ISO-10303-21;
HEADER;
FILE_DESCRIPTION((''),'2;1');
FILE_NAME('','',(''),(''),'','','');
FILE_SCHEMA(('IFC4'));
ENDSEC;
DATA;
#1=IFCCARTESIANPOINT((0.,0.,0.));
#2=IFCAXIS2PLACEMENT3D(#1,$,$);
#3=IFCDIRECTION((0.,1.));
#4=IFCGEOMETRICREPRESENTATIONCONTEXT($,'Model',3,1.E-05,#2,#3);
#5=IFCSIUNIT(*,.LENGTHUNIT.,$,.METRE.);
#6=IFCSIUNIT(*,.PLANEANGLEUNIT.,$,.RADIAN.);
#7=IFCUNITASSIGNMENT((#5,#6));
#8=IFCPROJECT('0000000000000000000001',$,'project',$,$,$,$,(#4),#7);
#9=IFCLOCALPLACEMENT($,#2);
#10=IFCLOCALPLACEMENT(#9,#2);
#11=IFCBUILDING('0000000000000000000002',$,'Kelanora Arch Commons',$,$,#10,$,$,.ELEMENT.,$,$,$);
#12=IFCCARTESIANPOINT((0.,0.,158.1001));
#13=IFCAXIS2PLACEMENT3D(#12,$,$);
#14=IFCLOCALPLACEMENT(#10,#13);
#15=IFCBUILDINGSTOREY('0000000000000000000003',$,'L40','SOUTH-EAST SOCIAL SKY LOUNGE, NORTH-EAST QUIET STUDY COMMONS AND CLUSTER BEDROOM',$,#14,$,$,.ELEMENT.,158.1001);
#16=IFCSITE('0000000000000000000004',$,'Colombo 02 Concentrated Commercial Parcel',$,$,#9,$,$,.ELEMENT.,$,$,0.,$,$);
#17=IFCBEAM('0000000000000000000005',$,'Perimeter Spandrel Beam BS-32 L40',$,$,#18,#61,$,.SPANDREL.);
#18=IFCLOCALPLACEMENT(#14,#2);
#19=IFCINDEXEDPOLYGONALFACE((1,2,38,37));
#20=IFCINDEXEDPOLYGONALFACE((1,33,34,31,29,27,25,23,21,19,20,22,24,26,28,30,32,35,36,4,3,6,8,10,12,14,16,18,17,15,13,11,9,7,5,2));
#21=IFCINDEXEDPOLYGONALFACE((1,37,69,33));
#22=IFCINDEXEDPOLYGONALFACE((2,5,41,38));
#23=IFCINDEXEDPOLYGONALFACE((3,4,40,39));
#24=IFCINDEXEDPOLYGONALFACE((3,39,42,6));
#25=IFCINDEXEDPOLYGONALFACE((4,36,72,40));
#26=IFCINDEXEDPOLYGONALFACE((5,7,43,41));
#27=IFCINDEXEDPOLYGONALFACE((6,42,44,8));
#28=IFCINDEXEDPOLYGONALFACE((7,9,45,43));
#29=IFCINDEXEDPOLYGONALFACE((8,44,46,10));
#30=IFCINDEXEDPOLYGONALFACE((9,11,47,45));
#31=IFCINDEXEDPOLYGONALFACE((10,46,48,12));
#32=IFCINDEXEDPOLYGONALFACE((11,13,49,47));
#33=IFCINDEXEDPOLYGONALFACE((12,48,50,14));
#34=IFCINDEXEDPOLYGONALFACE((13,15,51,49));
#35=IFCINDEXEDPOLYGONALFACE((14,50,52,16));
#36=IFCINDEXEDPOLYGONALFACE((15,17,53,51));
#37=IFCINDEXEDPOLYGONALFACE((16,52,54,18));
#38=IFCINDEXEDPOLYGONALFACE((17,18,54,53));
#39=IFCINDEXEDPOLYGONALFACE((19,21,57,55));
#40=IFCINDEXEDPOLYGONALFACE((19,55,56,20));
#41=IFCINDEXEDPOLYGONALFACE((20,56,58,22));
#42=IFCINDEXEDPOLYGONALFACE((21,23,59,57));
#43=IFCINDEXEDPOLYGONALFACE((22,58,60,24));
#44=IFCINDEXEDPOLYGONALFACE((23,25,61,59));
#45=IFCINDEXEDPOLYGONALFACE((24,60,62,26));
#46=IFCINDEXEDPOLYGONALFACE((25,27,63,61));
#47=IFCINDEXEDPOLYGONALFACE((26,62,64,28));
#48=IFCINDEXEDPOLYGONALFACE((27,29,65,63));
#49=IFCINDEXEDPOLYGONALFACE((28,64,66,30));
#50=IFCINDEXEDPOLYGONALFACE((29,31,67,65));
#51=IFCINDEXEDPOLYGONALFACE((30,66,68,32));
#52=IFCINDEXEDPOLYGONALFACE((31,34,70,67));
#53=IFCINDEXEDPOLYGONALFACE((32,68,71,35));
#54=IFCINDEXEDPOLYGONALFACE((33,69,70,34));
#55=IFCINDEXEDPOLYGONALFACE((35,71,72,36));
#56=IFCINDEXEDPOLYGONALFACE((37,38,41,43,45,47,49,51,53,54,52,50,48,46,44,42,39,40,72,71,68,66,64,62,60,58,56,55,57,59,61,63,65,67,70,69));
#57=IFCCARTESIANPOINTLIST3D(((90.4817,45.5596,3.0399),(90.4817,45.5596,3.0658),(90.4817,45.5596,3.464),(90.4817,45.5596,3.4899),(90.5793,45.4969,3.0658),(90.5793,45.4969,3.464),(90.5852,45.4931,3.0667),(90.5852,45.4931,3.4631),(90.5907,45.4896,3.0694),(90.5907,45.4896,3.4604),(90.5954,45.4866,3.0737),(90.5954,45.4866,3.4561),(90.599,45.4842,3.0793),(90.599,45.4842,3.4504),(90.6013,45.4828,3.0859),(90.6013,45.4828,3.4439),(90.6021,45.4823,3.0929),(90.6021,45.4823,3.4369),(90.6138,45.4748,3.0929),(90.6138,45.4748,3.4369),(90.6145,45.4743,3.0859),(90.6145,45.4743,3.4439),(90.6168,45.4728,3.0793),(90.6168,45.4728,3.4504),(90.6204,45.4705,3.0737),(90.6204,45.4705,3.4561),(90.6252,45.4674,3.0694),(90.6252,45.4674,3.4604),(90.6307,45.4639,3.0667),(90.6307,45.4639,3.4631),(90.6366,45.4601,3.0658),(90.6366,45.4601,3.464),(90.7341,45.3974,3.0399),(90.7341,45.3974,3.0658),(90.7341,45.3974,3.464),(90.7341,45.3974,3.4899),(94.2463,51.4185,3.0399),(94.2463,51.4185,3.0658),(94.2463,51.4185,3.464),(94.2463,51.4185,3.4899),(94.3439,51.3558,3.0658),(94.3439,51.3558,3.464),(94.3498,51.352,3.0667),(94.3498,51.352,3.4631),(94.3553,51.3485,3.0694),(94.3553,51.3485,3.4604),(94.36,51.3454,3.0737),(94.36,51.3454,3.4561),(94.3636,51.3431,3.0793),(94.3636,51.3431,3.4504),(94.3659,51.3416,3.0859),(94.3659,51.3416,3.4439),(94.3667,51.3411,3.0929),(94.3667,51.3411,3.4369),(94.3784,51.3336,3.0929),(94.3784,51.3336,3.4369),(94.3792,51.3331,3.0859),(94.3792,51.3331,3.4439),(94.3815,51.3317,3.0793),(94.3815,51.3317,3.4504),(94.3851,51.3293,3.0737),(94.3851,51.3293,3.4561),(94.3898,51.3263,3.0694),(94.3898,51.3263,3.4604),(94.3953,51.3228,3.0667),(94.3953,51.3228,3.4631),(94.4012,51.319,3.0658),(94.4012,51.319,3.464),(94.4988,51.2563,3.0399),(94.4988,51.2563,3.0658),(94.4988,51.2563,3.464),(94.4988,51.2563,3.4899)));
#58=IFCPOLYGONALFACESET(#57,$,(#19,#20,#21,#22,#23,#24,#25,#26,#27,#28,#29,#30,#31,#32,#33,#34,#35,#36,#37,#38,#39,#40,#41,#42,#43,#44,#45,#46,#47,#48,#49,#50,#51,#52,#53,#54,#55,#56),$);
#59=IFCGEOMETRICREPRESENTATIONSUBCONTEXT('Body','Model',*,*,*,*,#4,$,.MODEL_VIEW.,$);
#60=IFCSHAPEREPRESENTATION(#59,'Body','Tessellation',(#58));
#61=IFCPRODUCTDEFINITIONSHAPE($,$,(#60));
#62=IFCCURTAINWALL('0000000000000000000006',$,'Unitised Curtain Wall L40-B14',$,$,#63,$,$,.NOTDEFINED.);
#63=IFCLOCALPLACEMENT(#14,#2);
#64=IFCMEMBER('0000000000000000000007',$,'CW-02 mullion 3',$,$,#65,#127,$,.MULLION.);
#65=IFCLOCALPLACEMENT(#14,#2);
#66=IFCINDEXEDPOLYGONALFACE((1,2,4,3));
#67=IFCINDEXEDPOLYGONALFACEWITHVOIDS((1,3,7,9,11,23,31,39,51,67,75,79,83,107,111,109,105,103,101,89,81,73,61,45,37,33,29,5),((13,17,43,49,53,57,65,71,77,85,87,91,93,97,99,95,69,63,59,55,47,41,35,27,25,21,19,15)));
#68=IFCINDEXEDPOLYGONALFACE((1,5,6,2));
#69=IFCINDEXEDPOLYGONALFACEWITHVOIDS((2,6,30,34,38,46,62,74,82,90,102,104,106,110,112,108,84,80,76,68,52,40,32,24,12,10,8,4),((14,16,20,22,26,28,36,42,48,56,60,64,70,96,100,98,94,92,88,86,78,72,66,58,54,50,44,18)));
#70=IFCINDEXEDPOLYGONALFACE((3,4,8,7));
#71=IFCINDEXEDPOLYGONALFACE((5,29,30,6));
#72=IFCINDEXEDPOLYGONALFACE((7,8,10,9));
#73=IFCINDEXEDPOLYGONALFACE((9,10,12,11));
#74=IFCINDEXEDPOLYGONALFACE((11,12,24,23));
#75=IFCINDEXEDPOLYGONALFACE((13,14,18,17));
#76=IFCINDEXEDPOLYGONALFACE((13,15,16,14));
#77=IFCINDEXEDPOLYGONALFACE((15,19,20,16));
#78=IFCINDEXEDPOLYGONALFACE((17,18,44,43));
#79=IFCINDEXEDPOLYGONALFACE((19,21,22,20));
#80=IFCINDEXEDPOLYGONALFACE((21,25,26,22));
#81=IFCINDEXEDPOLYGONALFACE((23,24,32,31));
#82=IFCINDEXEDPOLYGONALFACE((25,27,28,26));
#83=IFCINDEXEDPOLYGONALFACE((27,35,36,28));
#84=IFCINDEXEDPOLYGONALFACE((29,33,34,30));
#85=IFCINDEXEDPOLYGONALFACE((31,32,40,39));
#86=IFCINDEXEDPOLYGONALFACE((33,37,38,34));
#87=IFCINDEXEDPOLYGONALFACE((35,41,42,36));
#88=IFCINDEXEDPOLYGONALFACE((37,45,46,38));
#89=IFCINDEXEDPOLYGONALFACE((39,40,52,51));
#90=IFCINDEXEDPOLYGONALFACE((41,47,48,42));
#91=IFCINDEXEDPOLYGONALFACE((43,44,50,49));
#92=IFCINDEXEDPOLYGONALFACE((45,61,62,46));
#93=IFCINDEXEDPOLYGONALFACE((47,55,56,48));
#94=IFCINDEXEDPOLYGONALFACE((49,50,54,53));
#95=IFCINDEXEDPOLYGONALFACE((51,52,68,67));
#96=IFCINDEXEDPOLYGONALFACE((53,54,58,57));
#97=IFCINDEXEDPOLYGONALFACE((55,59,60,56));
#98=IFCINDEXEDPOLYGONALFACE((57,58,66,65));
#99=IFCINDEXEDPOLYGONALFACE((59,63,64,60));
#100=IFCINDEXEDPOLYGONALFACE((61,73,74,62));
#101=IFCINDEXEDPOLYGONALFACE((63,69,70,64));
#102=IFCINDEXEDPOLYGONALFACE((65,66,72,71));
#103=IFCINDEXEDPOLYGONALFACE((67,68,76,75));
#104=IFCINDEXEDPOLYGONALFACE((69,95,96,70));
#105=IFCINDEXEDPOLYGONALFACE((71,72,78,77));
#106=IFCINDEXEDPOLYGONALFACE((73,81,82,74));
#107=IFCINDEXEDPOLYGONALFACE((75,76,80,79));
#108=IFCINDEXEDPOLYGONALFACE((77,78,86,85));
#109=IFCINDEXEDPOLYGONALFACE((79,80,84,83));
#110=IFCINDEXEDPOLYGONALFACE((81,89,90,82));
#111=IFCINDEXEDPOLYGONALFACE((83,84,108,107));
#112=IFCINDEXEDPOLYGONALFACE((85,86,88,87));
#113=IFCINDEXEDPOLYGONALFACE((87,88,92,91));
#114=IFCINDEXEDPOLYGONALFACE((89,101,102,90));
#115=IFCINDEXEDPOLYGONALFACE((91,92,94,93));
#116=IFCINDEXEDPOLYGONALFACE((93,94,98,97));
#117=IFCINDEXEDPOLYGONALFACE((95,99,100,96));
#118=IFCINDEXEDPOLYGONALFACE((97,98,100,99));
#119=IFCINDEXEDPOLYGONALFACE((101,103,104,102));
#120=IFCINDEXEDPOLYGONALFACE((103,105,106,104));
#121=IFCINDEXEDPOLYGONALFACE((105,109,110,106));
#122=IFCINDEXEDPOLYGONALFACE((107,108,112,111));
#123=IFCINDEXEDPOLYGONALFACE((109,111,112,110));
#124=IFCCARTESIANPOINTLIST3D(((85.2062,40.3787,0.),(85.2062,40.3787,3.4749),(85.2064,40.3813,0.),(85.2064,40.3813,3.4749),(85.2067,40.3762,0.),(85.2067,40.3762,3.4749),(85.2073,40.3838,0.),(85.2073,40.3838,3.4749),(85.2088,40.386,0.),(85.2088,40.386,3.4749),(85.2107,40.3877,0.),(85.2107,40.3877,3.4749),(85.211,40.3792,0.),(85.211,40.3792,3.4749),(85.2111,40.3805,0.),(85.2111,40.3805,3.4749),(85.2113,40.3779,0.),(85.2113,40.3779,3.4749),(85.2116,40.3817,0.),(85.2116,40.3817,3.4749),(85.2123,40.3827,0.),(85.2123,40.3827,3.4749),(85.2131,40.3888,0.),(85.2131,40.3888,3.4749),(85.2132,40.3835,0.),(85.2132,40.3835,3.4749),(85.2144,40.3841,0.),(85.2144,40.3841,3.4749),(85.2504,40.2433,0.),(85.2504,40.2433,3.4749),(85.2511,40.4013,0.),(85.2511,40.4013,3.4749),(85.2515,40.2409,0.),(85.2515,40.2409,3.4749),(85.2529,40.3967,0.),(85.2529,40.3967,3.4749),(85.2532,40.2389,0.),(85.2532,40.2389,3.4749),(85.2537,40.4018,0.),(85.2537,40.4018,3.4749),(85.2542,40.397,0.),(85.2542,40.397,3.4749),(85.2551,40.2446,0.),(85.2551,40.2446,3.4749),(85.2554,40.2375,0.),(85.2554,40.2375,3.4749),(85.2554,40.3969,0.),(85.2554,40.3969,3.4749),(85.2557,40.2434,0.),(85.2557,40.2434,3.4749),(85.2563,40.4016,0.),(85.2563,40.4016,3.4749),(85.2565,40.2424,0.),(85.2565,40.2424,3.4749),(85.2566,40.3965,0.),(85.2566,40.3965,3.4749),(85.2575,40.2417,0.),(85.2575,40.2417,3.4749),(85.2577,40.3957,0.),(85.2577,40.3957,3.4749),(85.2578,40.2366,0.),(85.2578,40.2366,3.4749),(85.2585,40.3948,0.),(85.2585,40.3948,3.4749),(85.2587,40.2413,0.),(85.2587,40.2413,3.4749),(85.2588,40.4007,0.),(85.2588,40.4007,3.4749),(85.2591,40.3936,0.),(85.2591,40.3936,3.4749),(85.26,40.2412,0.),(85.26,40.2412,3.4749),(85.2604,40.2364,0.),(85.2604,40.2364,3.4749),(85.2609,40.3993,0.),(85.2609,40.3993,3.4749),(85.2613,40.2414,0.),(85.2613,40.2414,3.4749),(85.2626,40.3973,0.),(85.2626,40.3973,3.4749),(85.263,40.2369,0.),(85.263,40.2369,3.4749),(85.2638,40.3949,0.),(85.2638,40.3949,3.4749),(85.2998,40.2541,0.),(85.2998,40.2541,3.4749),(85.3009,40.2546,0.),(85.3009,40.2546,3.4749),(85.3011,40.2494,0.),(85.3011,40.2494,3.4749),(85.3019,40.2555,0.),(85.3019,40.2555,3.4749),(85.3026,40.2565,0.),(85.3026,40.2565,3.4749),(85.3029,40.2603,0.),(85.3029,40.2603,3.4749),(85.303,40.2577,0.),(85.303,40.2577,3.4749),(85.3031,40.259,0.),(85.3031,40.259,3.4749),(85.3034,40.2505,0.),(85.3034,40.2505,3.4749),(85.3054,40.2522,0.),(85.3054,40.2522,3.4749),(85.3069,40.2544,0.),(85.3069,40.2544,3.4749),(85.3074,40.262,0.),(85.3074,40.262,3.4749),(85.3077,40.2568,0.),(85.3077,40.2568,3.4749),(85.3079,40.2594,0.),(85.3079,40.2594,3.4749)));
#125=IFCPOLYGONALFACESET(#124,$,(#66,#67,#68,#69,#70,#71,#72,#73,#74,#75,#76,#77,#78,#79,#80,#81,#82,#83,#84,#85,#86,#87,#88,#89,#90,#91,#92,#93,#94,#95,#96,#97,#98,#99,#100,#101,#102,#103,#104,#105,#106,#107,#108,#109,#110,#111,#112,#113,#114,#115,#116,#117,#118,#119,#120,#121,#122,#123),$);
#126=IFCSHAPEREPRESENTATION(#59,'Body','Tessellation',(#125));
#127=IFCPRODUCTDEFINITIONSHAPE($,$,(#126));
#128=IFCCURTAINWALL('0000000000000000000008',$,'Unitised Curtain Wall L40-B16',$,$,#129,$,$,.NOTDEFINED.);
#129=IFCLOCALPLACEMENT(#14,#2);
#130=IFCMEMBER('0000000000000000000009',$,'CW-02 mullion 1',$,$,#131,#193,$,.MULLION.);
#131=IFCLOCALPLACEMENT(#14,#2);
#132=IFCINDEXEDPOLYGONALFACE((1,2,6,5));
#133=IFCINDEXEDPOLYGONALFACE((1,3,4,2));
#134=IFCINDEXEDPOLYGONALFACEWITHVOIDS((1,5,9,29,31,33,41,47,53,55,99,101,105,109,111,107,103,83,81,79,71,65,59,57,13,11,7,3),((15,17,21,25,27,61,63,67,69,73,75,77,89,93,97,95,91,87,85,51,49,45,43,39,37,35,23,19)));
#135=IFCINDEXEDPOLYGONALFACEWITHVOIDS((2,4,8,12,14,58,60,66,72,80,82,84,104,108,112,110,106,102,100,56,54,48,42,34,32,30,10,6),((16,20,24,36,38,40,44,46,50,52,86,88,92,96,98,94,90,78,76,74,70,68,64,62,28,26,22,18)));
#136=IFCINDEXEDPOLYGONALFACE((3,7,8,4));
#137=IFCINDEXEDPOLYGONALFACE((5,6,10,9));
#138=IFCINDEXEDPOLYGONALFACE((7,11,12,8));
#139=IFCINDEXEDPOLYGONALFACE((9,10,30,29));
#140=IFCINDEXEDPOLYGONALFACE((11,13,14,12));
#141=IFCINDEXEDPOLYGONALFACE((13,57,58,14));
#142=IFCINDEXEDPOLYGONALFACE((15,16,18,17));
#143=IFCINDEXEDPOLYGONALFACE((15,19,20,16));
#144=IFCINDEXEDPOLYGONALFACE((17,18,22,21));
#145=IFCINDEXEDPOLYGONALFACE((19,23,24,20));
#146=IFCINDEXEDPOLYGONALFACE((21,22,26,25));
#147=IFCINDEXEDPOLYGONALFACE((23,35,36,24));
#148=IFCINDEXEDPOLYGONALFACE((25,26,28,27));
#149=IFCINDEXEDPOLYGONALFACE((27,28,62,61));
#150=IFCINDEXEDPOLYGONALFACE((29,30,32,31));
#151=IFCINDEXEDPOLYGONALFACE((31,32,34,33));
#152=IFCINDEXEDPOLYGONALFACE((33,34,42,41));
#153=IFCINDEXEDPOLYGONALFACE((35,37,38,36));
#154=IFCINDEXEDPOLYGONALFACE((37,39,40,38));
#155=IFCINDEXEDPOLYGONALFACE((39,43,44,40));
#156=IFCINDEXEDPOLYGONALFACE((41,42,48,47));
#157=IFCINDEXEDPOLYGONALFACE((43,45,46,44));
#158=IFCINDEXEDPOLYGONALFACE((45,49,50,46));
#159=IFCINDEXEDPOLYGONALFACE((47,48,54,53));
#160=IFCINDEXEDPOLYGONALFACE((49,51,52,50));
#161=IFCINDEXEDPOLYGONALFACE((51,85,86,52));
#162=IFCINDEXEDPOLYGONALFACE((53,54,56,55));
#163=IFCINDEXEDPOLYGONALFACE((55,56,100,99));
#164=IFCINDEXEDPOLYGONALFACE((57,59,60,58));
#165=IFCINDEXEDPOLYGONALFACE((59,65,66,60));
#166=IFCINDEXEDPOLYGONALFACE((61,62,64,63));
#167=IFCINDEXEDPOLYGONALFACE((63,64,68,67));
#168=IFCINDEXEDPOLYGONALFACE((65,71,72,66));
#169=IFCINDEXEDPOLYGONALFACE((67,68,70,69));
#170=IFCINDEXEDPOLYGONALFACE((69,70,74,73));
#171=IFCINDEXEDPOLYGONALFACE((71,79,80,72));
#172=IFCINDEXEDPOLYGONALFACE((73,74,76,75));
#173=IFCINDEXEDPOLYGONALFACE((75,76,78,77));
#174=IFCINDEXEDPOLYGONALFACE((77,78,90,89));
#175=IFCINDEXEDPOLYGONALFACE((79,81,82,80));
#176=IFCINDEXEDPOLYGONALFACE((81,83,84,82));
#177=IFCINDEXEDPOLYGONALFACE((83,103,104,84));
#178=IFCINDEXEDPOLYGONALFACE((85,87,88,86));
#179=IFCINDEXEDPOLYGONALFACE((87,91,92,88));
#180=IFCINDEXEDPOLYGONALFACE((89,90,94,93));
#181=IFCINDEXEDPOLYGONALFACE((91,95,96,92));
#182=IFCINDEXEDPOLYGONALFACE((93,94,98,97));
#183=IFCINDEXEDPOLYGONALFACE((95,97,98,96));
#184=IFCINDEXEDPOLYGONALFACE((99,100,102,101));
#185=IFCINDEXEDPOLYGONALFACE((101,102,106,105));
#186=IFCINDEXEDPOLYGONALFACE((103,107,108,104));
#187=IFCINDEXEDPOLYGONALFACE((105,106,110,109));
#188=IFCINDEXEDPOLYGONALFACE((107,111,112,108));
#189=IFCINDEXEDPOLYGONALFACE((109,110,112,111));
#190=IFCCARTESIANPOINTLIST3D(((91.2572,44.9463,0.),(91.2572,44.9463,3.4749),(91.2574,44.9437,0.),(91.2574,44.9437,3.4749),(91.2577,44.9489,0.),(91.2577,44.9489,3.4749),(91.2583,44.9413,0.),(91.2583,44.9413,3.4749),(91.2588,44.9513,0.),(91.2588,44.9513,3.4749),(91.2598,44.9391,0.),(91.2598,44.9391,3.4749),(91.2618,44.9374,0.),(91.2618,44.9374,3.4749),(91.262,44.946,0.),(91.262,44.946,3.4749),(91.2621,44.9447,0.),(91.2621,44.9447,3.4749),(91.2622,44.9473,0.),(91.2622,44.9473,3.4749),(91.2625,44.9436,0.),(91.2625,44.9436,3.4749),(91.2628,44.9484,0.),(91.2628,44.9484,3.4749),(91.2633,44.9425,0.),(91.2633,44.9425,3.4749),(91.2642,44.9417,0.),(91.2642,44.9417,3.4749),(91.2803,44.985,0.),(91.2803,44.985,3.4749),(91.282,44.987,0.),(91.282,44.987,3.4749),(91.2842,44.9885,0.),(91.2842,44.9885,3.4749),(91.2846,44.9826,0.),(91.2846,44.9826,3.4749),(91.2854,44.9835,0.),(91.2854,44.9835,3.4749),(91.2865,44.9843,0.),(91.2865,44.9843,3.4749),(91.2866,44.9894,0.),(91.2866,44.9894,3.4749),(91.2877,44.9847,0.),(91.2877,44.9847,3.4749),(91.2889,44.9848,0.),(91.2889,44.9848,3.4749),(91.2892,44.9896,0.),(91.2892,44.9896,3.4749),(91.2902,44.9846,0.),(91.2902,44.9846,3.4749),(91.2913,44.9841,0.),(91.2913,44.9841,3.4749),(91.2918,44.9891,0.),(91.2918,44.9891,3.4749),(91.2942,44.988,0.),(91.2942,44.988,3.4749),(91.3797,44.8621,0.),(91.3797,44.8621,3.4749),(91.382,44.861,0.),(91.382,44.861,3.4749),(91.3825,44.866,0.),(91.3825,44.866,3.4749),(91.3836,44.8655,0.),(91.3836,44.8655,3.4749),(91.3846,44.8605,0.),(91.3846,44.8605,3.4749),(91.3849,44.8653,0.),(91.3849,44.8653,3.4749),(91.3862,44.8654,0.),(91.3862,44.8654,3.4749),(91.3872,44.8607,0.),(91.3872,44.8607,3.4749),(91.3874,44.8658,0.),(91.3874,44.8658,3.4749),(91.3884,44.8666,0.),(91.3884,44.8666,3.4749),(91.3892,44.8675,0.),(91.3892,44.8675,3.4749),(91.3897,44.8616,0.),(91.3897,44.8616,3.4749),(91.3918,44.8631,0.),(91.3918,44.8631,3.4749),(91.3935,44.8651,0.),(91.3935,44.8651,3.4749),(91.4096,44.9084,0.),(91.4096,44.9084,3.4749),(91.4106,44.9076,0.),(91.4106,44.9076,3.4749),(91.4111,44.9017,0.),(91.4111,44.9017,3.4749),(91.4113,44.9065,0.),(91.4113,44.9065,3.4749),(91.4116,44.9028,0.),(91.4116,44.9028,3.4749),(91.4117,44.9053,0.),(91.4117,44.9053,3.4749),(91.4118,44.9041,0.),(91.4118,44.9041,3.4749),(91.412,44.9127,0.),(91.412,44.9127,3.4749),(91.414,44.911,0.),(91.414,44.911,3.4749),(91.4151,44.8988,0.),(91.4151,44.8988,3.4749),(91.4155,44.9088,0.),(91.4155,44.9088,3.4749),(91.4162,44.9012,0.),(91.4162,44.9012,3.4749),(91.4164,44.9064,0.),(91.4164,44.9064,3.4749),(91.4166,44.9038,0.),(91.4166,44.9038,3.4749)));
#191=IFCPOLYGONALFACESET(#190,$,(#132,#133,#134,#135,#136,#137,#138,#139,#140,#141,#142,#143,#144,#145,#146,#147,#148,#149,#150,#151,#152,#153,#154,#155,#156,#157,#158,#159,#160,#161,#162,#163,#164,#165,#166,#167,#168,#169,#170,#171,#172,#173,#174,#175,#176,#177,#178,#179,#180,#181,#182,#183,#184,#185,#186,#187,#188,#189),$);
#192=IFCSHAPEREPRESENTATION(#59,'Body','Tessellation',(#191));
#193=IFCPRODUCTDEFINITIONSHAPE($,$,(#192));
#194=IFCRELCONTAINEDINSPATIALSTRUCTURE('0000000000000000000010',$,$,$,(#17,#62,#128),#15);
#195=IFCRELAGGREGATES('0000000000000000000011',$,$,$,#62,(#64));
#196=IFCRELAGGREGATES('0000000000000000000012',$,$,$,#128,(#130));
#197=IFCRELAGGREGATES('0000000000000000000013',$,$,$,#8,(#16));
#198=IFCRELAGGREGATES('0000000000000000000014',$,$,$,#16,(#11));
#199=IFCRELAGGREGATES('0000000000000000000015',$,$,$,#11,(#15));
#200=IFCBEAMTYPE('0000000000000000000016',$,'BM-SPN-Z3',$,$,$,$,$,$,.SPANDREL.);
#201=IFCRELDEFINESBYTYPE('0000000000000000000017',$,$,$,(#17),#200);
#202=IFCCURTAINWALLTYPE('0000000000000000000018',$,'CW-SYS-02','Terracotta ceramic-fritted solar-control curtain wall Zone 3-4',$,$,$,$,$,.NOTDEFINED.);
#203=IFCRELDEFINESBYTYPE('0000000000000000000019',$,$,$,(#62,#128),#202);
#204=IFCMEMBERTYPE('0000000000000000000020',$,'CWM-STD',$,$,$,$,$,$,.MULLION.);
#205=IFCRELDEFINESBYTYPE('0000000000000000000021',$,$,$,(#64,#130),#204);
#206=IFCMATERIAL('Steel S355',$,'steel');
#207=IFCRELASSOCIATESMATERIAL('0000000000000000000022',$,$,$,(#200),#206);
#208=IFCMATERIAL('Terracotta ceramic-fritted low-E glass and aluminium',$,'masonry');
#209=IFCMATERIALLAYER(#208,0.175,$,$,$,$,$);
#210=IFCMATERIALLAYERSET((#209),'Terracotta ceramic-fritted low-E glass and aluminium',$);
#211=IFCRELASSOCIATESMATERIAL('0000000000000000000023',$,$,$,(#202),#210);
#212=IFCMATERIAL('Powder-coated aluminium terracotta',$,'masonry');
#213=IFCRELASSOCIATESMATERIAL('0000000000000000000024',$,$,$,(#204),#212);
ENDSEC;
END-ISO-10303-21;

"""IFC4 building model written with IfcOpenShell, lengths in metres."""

from ifc_helpers import new_model, si_unit, direction, frame, origin, origin_2d, place, context, subcontext, project, spatial, hollow_rectangle, i_section, extrude, material, layer, layer_set, material_profile, profile_set, type_object, element, aggregate, save


model = new_model("IFC4")

# Units and contexts
model_context = context("Model", 3, precision=1e-05, world=origin(), true_north=direction((0.0, 1.0)))
body_context = subcontext(model_context, "Body", "Model", "MODEL_VIEW")
ifc_project = project(units=[si_unit("LENGTHUNIT", "METRE"), si_unit("PLANEANGLEUNIT", "RADIAN")], contexts=[model_context])

# Site, building, storey
site_placement = place(None, origin())
site = spatial("IfcSite", under=ifc_project, at=site_placement, Name="Colombo 02 Concentrated Commercial Parcel", CompositionType="ELEMENT", RefElevation=0.0)
building_placement = place(site_placement, origin())
building = spatial("IfcBuilding", under=site, at=building_placement, Name="Kelanora Arch Commons", CompositionType="ELEMENT")
storey_placement = place(building_placement, frame((0.0, 0.0, 158.1001)))
storey = spatial("IfcBuildingStorey", under=building, at=storey_placement, Name="L40", Description="SOUTH-EAST SOCIAL SKY LOUNGE, NORTH-EAST QUIET STUDY COMMONS AND CLUSTER BEDROOM", CompositionType="ELEMENT", Elevation=158.1001)

# Beam
ifc_material_1 = material(Name="Steel S355", Category="steel")
ifc_material_profile_1 = material_profile(ifc_material_1, i_section(OverallWidth=0.3, OverallDepth=0.45, WebThickness=0.0139, FlangeThickness=0.0259, FilletRadius=0.0271, at=origin_2d()), Name="HEB450")
ifc_profile_set_1 = profile_set([ifc_material_profile_1], Name="Steel S355")
beam_type_1 = type_object("IfcBeamType", Name="BM-SPN-Z3", PredefinedType="SPANDREL", material=ifc_profile_set_1)
beam_1_placement = place(storey_placement, frame((90.6079, 45.4785, 3.2649), z_axis=(0.540577, 0.841295, 0.0), x_axis=(-0.841295, 0.540577, 0.0)))
element("IfcBeam", 1, at=beam_1_placement, inside=storey, type_object=beam_type_1, Name="Perimeter Spandrel Beam BS-32 L40", PredefinedType="SPANDREL", context=body_context, shape_type="SweptSolid", body=[
    extrude(i_section(OverallWidth=0.3, OverallDepth=0.45, WebThickness=0.0139, FlangeThickness=0.0259, FilletRadius=0.0271, at=origin_2d()), origin(), (0.0, 0.0, 1.0), 6.9641),
])

# Curtain wall, member
ifc_material_2 = material(Name="Terracotta ceramic-fritted low-E glass and aluminium", Category="masonry")
ifc_layer_1 = layer(ifc_material_2, 0.175)
ifc_layer_set_1 = layer_set([ifc_layer_1], Name="Terracotta ceramic-fritted low-E glass and aluminium")
curtain_wall_type = type_object("IfcCurtainWallType", Name="CW-SYS-02", Description="Terracotta ceramic-fritted solar-control curtain wall Zone 3-4", PredefinedType="NOTDEFINED", material=ifc_layer_set_1)
curtain_wall_1_placement = place(storey_placement, origin())
curtain_wall_1 = element("IfcCurtainWall", 2, at=curtain_wall_1_placement, inside=storey, type_object=curtain_wall_type, Name="Unitised Curtain Wall L40-B14", PredefinedType="NOTDEFINED")
ifc_material_3 = material(Name="Powder-coated aluminium terracotta", Category="masonry")
ifc_material_profile_2 = material_profile(ifc_material_3, hollow_rectangle(XDim=0.1599, YDim=0.0601, WallThickness=0.0049, InnerFilletRadius=0.0049, OuterFilletRadius=0.01, at=origin_2d()), Name="CWM160x60")
ifc_profile_set_2 = profile_set([ifc_material_profile_2], Name="Powder-coated aluminium terracotta")
member_type_1 = type_object("IfcMemberType", Name="CWM-STD", PredefinedType="MULLION", material=ifc_profile_set_2)
member_1_placement = place(storey_placement, frame((85.2571, 40.3191, 0.0), z_axis=(0.0, 0.0, 1.0), x_axis=(-0.312128, 0.95004, 0.0)))
member_1 = element("IfcMember", 3, at=member_1_placement, type_object=member_type_1, Name="CW-02 mullion 3", PredefinedType="MULLION", context=body_context, shape_type="SweptSolid", body=[
    extrude(hollow_rectangle(XDim=0.1599, YDim=0.0601, WallThickness=0.0049, InnerFilletRadius=0.0049, OuterFilletRadius=0.01, at=origin_2d()), origin(), (0.0, 0.0, 1.0), 3.4749),
])

# Curtain wall, member
curtain_wall_2_placement = place(storey_placement, origin())
curtain_wall_2 = element("IfcCurtainWall", 4, at=curtain_wall_2_placement, inside=storey, type_object=curtain_wall_type, Name="Unitised Curtain Wall L40-B16", PredefinedType="NOTDEFINED")
member_2_placement = place(storey_placement, frame((91.3369, 44.925, 0.0), z_axis=(0.0, 0.0, 1.0), x_axis=(-0.842423, 0.538817, 0.0)))
member_2 = element("IfcMember", 5, at=member_2_placement, type_object=member_type_1, Name="CW-02 mullion 1", PredefinedType="MULLION", context=body_context, shape_type="SweptSolid", body=[
    extrude(hollow_rectangle(XDim=0.1599, YDim=0.0601, WallThickness=0.0049, InnerFilletRadius=0.0049, OuterFilletRadius=0.01, at=origin_2d()), origin(), (0.0, 0.0, 1.0), 3.4749),
])

aggregate(curtain_wall_1, [member_1])
aggregate(curtain_wall_2, [member_2])

save(model, "model.ifc")
